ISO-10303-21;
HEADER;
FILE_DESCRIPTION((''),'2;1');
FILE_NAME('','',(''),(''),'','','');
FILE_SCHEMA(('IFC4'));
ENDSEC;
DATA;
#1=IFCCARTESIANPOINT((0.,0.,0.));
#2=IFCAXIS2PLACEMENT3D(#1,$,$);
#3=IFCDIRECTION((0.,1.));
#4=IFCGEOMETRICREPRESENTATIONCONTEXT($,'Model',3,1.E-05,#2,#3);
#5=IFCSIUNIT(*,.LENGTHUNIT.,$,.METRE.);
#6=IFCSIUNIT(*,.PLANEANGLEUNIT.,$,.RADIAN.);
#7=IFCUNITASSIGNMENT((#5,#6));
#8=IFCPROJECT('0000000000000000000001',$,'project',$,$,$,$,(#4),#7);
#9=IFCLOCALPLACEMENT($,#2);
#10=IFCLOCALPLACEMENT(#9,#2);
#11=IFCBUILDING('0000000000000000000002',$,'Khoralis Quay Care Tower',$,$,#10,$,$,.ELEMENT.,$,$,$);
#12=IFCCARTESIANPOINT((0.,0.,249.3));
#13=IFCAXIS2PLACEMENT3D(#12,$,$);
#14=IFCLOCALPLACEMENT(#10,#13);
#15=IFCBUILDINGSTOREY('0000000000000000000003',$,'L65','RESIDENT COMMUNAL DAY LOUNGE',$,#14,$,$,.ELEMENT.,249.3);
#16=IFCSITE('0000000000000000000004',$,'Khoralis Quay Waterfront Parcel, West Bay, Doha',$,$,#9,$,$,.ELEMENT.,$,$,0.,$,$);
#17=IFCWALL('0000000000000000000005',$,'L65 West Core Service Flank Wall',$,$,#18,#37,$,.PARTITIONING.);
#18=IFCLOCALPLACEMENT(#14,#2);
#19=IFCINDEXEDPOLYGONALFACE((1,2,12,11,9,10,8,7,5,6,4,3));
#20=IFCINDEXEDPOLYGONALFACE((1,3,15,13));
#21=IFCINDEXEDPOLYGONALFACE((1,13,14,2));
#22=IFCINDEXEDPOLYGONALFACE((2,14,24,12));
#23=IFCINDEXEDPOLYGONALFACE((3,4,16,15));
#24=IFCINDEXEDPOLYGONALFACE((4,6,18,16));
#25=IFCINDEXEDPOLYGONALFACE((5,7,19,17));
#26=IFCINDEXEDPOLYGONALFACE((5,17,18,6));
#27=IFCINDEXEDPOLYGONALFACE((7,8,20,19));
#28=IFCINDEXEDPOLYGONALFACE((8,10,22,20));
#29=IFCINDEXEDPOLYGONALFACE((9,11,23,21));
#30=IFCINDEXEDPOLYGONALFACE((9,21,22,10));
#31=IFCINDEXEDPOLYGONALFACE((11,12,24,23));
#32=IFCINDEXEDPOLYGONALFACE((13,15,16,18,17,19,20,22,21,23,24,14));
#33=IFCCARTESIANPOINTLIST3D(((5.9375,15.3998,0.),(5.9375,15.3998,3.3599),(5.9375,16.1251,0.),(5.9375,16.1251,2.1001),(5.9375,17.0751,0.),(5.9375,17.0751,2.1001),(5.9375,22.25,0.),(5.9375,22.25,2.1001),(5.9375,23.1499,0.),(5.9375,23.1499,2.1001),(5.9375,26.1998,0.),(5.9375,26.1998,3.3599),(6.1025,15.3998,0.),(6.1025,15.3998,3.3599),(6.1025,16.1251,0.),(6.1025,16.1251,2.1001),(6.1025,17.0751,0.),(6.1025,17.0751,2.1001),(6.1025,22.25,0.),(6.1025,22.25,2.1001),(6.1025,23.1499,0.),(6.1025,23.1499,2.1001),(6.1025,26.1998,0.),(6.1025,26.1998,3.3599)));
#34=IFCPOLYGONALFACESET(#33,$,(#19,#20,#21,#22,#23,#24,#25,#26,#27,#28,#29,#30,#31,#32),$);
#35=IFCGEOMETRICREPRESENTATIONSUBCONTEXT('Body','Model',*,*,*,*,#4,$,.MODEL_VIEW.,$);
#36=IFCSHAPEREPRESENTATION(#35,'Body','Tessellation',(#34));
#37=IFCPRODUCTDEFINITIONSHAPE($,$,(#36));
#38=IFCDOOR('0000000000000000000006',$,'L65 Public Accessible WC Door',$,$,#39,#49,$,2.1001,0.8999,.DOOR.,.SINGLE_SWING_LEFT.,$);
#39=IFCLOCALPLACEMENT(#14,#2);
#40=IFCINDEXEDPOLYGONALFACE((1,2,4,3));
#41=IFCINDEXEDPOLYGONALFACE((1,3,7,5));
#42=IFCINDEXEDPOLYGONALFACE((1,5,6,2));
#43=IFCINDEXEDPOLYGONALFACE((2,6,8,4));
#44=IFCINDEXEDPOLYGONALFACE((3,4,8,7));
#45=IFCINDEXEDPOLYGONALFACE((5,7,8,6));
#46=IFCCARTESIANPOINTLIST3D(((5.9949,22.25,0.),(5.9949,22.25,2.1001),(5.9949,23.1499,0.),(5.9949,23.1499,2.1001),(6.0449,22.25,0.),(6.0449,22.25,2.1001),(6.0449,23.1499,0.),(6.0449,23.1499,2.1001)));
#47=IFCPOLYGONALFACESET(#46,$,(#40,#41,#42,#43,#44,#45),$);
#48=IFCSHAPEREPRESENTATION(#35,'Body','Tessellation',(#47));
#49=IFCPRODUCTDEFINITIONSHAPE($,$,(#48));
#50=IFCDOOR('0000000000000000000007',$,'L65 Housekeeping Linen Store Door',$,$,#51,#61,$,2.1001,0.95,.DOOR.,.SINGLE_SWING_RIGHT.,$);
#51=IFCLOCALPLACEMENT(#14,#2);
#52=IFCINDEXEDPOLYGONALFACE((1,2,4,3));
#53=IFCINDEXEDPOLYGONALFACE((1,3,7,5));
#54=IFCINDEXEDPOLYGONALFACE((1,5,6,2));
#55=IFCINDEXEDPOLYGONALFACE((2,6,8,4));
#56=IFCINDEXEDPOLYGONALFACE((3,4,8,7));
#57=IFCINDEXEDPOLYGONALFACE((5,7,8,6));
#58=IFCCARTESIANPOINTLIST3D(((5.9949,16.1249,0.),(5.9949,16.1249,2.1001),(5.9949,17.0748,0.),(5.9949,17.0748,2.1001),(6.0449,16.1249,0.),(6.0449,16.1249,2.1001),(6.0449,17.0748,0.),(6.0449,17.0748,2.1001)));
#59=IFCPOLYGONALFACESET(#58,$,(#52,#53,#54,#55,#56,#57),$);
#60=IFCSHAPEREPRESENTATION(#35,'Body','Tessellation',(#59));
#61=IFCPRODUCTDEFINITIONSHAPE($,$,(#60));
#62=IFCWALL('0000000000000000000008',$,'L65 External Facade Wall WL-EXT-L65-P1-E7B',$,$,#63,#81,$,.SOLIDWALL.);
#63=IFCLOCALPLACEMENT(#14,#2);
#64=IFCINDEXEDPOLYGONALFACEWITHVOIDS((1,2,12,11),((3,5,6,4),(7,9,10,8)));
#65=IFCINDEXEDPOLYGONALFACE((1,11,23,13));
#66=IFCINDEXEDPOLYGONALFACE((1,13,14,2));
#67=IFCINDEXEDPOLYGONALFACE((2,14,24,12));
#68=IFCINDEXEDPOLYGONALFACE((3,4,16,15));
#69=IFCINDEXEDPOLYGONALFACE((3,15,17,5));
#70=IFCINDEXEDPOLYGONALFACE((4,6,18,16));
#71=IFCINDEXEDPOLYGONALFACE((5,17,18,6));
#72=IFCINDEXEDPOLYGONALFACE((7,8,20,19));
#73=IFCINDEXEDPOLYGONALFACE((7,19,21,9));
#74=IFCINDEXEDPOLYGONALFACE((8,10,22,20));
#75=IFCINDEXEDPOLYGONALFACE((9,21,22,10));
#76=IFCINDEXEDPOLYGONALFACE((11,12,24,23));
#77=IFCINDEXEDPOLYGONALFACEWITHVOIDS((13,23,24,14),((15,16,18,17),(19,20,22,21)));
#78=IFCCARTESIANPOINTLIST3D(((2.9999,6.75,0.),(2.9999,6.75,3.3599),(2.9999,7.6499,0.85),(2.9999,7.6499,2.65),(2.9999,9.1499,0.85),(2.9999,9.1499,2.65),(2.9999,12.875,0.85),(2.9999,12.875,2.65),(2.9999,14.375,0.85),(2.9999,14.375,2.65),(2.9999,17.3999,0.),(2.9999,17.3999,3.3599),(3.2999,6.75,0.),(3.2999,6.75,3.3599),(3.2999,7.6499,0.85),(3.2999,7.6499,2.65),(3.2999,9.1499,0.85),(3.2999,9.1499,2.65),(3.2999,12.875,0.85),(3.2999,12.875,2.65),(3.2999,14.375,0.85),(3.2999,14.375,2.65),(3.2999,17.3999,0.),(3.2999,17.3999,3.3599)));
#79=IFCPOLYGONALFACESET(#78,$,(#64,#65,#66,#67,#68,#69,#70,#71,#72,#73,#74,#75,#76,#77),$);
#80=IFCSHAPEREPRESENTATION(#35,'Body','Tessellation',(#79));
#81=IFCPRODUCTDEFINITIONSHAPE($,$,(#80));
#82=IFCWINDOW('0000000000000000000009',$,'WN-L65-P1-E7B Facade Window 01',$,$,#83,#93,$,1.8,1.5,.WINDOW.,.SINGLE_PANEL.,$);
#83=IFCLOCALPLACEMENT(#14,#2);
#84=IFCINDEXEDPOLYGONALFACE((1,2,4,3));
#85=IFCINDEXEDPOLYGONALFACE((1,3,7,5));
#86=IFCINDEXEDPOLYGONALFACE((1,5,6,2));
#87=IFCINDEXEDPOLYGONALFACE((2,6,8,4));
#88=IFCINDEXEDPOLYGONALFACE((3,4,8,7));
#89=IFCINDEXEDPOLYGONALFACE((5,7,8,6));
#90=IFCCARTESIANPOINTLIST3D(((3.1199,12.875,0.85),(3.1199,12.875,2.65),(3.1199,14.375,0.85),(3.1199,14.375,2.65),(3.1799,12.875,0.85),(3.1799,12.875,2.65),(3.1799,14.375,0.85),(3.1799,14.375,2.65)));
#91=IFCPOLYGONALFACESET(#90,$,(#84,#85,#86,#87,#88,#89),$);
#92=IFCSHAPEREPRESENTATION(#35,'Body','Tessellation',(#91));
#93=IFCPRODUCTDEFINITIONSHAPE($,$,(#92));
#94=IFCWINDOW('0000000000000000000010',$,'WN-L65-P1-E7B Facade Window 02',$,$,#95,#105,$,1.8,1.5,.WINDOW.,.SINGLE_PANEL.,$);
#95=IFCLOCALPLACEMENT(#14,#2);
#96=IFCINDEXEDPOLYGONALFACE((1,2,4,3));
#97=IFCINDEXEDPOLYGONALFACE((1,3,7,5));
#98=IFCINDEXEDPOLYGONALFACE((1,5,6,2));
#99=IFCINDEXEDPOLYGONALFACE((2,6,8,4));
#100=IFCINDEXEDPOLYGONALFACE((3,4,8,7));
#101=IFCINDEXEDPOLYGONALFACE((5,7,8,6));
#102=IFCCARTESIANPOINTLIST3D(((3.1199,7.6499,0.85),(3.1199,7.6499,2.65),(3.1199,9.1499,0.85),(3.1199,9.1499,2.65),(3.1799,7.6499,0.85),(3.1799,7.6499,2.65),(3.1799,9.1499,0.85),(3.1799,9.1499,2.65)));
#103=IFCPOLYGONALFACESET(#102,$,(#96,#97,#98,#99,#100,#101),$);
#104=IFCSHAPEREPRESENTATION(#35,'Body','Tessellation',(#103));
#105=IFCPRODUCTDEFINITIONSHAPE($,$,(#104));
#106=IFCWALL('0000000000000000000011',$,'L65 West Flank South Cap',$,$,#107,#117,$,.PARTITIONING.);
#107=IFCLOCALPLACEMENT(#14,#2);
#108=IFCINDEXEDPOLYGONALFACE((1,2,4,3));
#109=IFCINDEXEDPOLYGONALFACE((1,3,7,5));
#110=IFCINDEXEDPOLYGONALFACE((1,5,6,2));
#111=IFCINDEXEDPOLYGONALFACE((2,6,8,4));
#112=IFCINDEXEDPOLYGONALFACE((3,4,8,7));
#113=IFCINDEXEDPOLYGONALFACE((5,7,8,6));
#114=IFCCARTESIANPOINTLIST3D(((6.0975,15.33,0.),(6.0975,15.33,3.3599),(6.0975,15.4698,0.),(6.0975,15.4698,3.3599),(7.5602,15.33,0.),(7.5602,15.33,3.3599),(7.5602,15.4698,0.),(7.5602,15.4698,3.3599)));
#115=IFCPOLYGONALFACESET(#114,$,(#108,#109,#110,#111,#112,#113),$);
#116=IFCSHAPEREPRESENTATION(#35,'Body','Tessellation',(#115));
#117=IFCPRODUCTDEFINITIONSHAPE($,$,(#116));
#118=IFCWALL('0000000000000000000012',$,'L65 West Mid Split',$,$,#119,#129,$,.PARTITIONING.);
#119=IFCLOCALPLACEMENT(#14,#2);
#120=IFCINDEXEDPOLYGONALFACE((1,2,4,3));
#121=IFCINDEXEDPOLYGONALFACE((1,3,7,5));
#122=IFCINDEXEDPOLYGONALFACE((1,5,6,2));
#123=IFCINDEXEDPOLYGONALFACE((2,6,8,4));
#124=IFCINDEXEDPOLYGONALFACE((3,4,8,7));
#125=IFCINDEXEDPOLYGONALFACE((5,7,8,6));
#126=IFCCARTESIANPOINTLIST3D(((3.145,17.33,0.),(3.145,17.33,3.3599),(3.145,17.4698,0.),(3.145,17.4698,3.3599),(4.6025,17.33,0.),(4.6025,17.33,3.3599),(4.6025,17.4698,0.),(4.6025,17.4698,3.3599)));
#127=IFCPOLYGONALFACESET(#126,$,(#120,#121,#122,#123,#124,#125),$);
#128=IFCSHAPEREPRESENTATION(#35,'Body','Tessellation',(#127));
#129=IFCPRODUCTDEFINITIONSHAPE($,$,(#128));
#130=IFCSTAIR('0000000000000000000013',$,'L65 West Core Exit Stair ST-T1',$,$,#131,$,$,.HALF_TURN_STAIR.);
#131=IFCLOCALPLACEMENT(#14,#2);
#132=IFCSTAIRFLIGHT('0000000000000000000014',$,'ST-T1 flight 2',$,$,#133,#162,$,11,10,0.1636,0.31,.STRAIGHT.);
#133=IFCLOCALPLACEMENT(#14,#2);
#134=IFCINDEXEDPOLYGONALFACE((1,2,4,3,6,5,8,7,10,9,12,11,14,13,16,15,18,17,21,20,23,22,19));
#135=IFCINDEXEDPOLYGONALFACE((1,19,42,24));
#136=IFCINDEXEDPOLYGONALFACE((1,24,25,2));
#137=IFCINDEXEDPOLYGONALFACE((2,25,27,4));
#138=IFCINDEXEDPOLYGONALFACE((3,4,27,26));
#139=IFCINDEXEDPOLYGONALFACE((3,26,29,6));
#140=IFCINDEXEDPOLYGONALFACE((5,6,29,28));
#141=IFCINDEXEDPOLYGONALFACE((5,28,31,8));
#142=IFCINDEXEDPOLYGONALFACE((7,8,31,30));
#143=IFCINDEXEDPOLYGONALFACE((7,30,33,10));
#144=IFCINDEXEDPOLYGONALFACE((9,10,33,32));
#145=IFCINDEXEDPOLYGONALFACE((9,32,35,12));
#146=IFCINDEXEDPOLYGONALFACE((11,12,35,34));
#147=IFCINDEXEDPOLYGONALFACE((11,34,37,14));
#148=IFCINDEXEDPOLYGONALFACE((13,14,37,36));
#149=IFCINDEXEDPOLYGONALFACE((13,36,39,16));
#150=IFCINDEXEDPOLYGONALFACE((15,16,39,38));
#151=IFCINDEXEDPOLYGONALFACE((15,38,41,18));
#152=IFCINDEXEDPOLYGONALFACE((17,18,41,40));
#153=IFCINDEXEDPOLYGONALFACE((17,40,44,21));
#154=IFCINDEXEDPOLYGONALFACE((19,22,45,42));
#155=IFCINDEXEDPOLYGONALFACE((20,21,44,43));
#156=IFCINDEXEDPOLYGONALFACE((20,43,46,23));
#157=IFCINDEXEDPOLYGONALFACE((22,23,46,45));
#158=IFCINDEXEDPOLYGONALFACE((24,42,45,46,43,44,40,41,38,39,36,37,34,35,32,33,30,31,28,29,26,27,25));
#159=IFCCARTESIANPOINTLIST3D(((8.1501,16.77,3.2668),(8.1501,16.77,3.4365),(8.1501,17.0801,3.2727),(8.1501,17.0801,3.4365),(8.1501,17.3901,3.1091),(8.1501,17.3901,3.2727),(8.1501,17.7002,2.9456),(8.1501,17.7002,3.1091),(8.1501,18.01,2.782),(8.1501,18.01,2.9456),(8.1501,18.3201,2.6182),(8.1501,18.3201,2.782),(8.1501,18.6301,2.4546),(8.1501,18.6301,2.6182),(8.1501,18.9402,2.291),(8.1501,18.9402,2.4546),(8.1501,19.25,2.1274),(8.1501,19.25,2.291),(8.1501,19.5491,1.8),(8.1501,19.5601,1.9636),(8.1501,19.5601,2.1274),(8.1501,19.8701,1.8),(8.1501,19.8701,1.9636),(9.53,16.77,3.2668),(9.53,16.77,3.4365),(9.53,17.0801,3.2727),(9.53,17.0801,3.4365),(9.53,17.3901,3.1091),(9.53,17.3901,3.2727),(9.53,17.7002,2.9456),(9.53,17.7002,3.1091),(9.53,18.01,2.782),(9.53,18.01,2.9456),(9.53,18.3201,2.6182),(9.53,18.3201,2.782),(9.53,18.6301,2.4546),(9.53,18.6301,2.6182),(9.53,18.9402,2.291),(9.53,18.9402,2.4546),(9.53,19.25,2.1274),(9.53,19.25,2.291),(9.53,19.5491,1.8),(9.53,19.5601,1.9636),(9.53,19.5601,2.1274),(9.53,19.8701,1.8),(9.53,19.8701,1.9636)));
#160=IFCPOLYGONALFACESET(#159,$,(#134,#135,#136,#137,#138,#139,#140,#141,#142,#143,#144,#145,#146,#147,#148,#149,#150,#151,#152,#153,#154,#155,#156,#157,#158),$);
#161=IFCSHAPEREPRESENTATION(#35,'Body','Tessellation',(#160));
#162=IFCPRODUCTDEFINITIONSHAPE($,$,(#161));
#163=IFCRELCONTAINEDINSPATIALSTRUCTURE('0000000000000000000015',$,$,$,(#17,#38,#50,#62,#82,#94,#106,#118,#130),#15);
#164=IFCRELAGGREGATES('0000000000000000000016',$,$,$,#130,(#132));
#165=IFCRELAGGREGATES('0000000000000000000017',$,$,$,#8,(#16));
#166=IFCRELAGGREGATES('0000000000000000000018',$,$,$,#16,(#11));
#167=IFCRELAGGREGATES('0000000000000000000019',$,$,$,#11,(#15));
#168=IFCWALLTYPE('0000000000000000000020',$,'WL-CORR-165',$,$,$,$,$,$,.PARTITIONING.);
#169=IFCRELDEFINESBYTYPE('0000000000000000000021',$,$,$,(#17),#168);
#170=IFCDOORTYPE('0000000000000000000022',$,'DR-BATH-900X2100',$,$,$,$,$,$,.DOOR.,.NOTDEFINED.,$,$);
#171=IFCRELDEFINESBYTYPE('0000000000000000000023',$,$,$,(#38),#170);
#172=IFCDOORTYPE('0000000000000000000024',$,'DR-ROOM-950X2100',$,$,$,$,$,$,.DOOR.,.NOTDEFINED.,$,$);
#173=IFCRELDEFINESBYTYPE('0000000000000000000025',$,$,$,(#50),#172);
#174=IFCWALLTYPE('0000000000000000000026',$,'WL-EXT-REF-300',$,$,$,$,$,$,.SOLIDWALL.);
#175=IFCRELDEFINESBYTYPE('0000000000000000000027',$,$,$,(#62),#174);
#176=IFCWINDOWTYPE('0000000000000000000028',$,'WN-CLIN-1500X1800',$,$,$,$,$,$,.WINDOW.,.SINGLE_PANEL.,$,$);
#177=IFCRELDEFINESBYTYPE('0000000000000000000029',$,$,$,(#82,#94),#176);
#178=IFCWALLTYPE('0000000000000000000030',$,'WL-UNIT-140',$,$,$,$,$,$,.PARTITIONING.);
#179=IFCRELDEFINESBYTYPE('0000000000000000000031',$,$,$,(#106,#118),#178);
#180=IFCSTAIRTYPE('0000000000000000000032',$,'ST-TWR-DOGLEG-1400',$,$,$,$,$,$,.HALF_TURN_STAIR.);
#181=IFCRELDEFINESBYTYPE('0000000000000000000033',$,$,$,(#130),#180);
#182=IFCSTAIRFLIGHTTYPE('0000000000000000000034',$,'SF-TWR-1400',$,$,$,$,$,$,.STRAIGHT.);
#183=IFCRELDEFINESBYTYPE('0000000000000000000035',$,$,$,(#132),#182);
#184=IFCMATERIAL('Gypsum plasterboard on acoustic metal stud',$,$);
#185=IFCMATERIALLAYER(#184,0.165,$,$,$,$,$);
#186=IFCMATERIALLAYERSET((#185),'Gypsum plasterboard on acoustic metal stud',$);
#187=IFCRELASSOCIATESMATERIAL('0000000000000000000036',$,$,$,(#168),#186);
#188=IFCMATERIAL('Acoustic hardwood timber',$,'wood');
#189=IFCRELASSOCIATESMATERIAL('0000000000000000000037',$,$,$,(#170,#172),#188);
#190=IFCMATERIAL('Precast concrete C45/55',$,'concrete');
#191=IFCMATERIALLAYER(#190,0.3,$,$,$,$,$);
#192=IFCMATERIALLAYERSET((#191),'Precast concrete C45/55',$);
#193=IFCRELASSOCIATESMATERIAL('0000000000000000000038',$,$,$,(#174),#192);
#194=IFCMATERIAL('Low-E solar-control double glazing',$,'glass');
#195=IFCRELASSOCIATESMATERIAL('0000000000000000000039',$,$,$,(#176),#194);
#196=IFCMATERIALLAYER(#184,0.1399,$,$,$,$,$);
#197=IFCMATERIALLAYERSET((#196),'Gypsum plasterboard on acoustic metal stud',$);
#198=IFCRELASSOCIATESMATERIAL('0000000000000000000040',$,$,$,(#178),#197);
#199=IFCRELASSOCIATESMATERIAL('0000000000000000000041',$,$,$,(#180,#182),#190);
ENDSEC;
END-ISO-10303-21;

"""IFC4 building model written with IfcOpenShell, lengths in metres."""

from ifc_helpers import new_model, si_unit, direction, frame, frame_2d, origin, place, context, subcontext, project, spatial, polyline, rectangle, outline, extrude, source, transform, mapped, material, layer, layer_set, type_object, element, fill, aggregate, save


model = new_model("IFC4")

# Units and contexts
model_context = context("Model", 3, precision=1e-05, world=origin(), true_north=direction((0.0, 1.0)))
body_context = subcontext(model_context, "Body", "Model", "MODEL_VIEW")
ifc_project = project(units=[si_unit("LENGTHUNIT", "METRE"), si_unit("PLANEANGLEUNIT", "RADIAN")], contexts=[model_context])

# Site, building, storey
site_placement = place(None, origin())
site = spatial("IfcSite", under=ifc_project, at=site_placement, Name="Khoralis Quay Waterfront Parcel, West Bay, Doha", CompositionType="ELEMENT", RefElevation=0.0)
building_placement = place(site_placement, origin())
building = spatial("IfcBuilding", under=site, at=building_placement, Name="Khoralis Quay Care Tower", CompositionType="ELEMENT")
storey_placement = place(building_placement, frame((0.0, 0.0, 249.3)))
storey = spatial("IfcBuildingStorey", under=building, at=storey_placement, Name="L65", Description="RESIDENT COMMUNAL DAY LOUNGE", CompositionType="ELEMENT", Elevation=249.3)

# Shared definitions
ifc_material_1 = material(Name="Low-E solar-control double glazing", Category="glass")

# Wall, openings, doors
ifc_material_2 = material(Name="Gypsum plasterboard on acoustic metal stud")
ifc_layer_1 = layer(ifc_material_2, 0.165)
ifc_layer_set_1 = layer_set([ifc_layer_1], Name="Gypsum plasterboard on acoustic metal stud")
wall_type_1 = type_object("IfcWallType", Name="WL-CORR-165", PredefinedType="PARTITIONING", material=ifc_layer_set_1)
wall_1_placement = place(storey_placement, frame((6.02, 15.3999, 0.0), z_axis=(0.0, 0.0, 1.0), x_axis=(0.0, 1.0, 0.0)))
wall_1 = element("IfcWall", 1, at=wall_1_placement, inside=storey, type_object=wall_type_1, Name="L65 West Core Service Flank Wall", PredefinedType="PARTITIONING", context=body_context, shape_type="SweptSolid", body=[
    extrude(rectangle(XDim=10.8, YDim=0.165, at=frame_2d((5.3999, 0.0))), origin(), (0.0, 0.0, 1.0), 3.3599),
])
opening_1_placement = place(wall_1_placement, frame((0.7251, 0.0, 0.0)))
opening_1 = element("IfcOpeningElement", 2, at=opening_1_placement, cuts=wall_1, PredefinedType="OPENING", context=body_context, shape_type="SweptSolid", body=[
    extrude(rectangle(XDim=0.95, YDim=2.1001, at=frame_2d((0.4751, 1.05))), frame((0.0, 0.0925, 0.0), z_axis=(0.0, -1.0, 0.0), x_axis=(1.0, 0.0, 0.0)), (0.0, 0.0, 1.0), 0.1851),
])
opening_2_placement = place(wall_1_placement, frame((6.8501, 0.0, 0.0)))
opening_2 = element("IfcOpeningElement", 3, at=opening_2_placement, cuts=wall_1, PredefinedType="OPENING", context=body_context, shape_type="SweptSolid", body=[
    extrude(rectangle(XDim=0.8999, YDim=2.1001, at=frame_2d((0.45, 1.05))), frame((0.0, 0.0925, 0.0), z_axis=(0.0, -1.0, 0.0), x_axis=(1.0, 0.0, 0.0)), (0.0, 0.0, 1.0), 0.1851),
])
ifc_material_3 = material(Name="Acoustic hardwood timber", Category="wood")
door_type_1 = type_object("IfcDoorType", Name="DR-BATH-900X2100", OperationType="NOTDEFINED", PredefinedType="DOOR", material=ifc_material_3)
shared_shape_1 = source(origin(), body_context, "Body", "SweptSolid", [
    extrude(rectangle(XDim=0.8999, YDim=2.1001, at=frame_2d((0.45, 1.05))), frame((0.0, 0.0249, 0.0), z_axis=(0.0, -1.0, 0.0), x_axis=(1.0, 0.0, 0.0)), (0.0, 0.0, 1.0), 0.05),
])
door_1_placement = place(opening_2_placement, frame((0.8999, 0.0, 0.0), z_axis=(0.0, 0.0, 1.0), x_axis=(-1.0, 0.0, 0.0)))
door_1 = element("IfcDoor", 4, at=door_1_placement, inside=storey, type_object=door_type_1, Name="L65 Public Accessible WC Door", OperationType="SINGLE_SWING_LEFT", OverallHeight=2.1001, OverallWidth=0.8999, PredefinedType="DOOR", context=body_context, shape_type="MappedRepresentation", body=[
    mapped(shared_shape_1, transform((0.0, 0.0, 0.0), scale=1.0)),
])
fill(opening_2, door_1)
door_type_2 = type_object("IfcDoorType", Name="DR-ROOM-950X2100", OperationType="NOTDEFINED", PredefinedType="DOOR", material=ifc_material_3)
shared_shape_2 = source(origin(), body_context, "Body", "SweptSolid", [
    extrude(rectangle(XDim=0.95, YDim=2.1001, at=frame_2d((0.4751, 1.05))), frame((0.0, 0.0249, 0.0), z_axis=(0.0, -1.0, 0.0), x_axis=(1.0, 0.0, 0.0)), (0.0, 0.0, 1.0), 0.05),
])
door_2_placement = place(opening_1_placement, frame((0.95, 0.0, 0.0), z_axis=(0.0, 0.0, 1.0), x_axis=(-1.0, 0.0, 0.0)))
door_2 = element("IfcDoor", 5, at=door_2_placement, inside=storey, type_object=door_type_2, Name="L65 Housekeeping Linen Store Door", OperationType="SINGLE_SWING_RIGHT", OverallHeight=2.1001, OverallWidth=0.95, PredefinedType="DOOR", context=body_context, shape_type="MappedRepresentation", body=[
    mapped(shared_shape_2, transform((0.0, 0.0, 0.0), scale=1.0)),
])
fill(opening_1, door_2)

# Wall, openings, windows
ifc_material_4 = material(Name="Precast concrete C45/55", Category="concrete")
ifc_layer_2 = layer(ifc_material_4, 0.3)
ifc_layer_set_2 = layer_set([ifc_layer_2], Name="Precast concrete C45/55")
wall_type_2 = type_object("IfcWallType", Name="WL-EXT-REF-300", PredefinedType="SOLIDWALL", material=ifc_layer_set_2)
wall_2_placement = place(storey_placement, frame((3.1499, 17.3999, 0.0), z_axis=(0.0, 0.0, 1.0), x_axis=(0.0, -1.0, 0.0)))
wall_2 = element("IfcWall", 6, at=wall_2_placement, inside=storey, type_object=wall_type_2, Name="L65 External Facade Wall WL-EXT-L65-P1-E7B", PredefinedType="SOLIDWALL", context=body_context, shape_type="SweptSolid", body=[
    extrude(rectangle(XDim=10.6499, YDim=0.3, at=frame_2d((5.325, 0.0))), origin(), (0.0, 0.0, 1.0), 3.3599),
])
opening_3_placement = place(wall_2_placement, frame((3.0249, 0.0, 0.8501)))
opening_3 = element("IfcOpeningElement", 7, at=opening_3_placement, cuts=wall_2, PredefinedType="OPENING", context=body_context, shape_type="SweptSolid", body=[
    extrude(rectangle(XDim=1.5, YDim=1.8, at=frame_2d((0.75, 0.8999))), frame((0.0, 0.1602, 0.0), z_axis=(0.0, -1.0, 0.0), x_axis=(1.0, 0.0, 0.0)), (0.0, 0.0, 1.0), 0.3201),
])
opening_4_placement = place(wall_2_placement, frame((8.25, 0.0, 0.8501)))
opening_4 = element("IfcOpeningElement", 8, at=opening_4_placement, cuts=wall_2, PredefinedType="OPENING", context=body_context, shape_type="SweptSolid", body=[
    extrude(rectangle(XDim=1.5, YDim=1.8, at=frame_2d((0.75, 0.8999))), frame((0.0, 0.1602, 0.0), z_axis=(0.0, -1.0, 0.0), x_axis=(1.0, 0.0, 0.0)), (0.0, 0.0, 1.0), 0.3201),
])
window_type = type_object("IfcWindowType", Name="WN-CLIN-1500X1800", PartitioningType="SINGLE_PANEL", PredefinedType="WINDOW", material=ifc_material_1)
shared_shape_3 = source(origin(), body_context, "Body", "SweptSolid", [
    extrude(rectangle(XDim=1.5, YDim=1.8, at=frame_2d((0.75, 0.8999))), frame((0.0, 0.03, 0.0), z_axis=(0.0, -1.0, 0.0), x_axis=(1.0, 0.0, 0.0)), (0.0, 0.0, 1.0), 0.0601),
])
window_1_placement = place(opening_3_placement, origin())
window_1 = element("IfcWindow", 9, at=window_1_placement, inside=storey, type_object=window_type, Name="WN-L65-P1-E7B Facade Window 01", OverallHeight=1.8, OverallWidth=1.5, PartitioningType="SINGLE_PANEL", PredefinedType="WINDOW", context=body_context, shape_type="MappedRepresentation", body=[
    mapped(shared_shape_3, transform((0.0, 0.0, 0.0), scale=1.0)),
])
fill(opening_3, window_1)
window_2_placement = place(opening_4_placement, origin())
window_2 = element("IfcWindow", 10, at=window_2_placement, inside=storey, type_object=window_type, Name="WN-L65-P1-E7B Facade Window 02", OverallHeight=1.8, OverallWidth=1.5, PartitioningType="SINGLE_PANEL", PredefinedType="WINDOW", context=body_context, shape_type="MappedRepresentation", body=[
    mapped(shared_shape_3, transform((0.0, 0.0, 0.0), scale=1.0)),
])
fill(opening_4, window_2)

# Walls
ifc_layer_3 = layer(ifc_material_2, 0.1399)
ifc_layer_set_3 = layer_set([ifc_layer_3], Name="Gypsum plasterboard on acoustic metal stud")
wall_type_3 = type_object("IfcWallType", Name="WL-UNIT-140", PredefinedType="PARTITIONING", material=ifc_layer_set_3)
wall_3_placement = place(storey_placement, frame((6.0974, 15.3999, 0.0), z_axis=(0.0, 0.0, 1.0), x_axis=(1.0, 0.0, 0.0)))
element("IfcWall", 11, at=wall_3_placement, inside=storey, type_object=wall_type_3, Name="L65 West Flank South Cap", PredefinedType="PARTITIONING", context=body_context, shape_type="SweptSolid", body=[
    extrude(rectangle(XDim=1.4626, YDim=0.1399, at=frame_2d((0.7314, 0.0))), origin(), (0.0, 0.0, 1.0), 3.3599),
])
wall_4_placement = place(storey_placement, frame((3.145, 17.3999, 0.0), z_axis=(0.0, 0.0, 1.0), x_axis=(1.0, 0.0, 0.0)))
element("IfcWall", 12, at=wall_4_placement, inside=storey, type_object=wall_type_3, Name="L65 West Mid Split", PredefinedType="PARTITIONING", context=body_context, shape_type="SweptSolid", body=[
    extrude(rectangle(XDim=1.4575, YDim=0.1399, at=frame_2d((0.7288, 0.0))), origin(), (0.0, 0.0, 1.0), 3.3599),
])

# Stair, stair flight
stair_type = type_object("IfcStairType", Name="ST-TWR-DOGLEG-1400", PredefinedType="HALF_TURN_STAIR", material=ifc_material_4)
stair_placement = place(storey_placement, origin())
stair = element("IfcStair", 13, at=stair_placement, inside=storey, type_object=stair_type, Name="L65 West Core Exit Stair ST-T1", PredefinedType="HALF_TURN_STAIR")
stair_flight_type = type_object("IfcStairFlightType", Name="SF-TWR-1400", PredefinedType="STRAIGHT", material=ifc_material_4)
shared_shape_4 = source(origin(), body_context, "Body", "SweptSolid", [
    extrude(outline(polyline([(0.0, 0.0), (0.0, 0.1636), (0.3101, 0.1636), (0.3101, 0.3274), (0.6201, 0.3274), (0.6201, 0.491), (0.9299, 0.491), (0.9299, 0.6545), (1.24, 0.6545), (1.24, 0.8181), (1.55, 0.8181), (1.55, 0.9819), (1.8601, 0.9819), (1.8601, 1.1455), (2.1699, 1.1455), (2.1699, 1.3091), (2.48, 1.3091), (2.48, 1.4727), (2.79, 1.4727), (2.79, 1.6365), (3.1001, 1.6365), (3.1001, 1.8), (3.1001, 1.4668), (0.321, 0.0), (0.0, 0.0)])), frame((0.0, 0.6899, 0.0), z_axis=(0.0, -1.0, 0.0), x_axis=(1.0, 0.0, 0.0)), (0.0, 0.0, 1.0), 1.3799),
])
stair_flight_placement = place(storey_placement, frame((8.8401, 19.8701, 1.8), z_axis=(0.0, 0.0, 1.0), x_axis=(0.0, -1.0, 0.0)))
stair_flight = element("IfcStairFlight", 14, at=stair_flight_placement, type_object=stair_flight_type, Name="ST-T1 flight 2", NumberOfRisers=11, NumberOfTreads=10, PredefinedType="STRAIGHT", RiserHeight=0.1636, TreadLength=0.31, context=body_context, shape_type="MappedRepresentation", body=[
    mapped(shared_shape_4, transform((0.0, 0.0, 0.0), scale=1.0)),
])
aggregate(stair, [stair_flight])

save(model, "model.ifc")
